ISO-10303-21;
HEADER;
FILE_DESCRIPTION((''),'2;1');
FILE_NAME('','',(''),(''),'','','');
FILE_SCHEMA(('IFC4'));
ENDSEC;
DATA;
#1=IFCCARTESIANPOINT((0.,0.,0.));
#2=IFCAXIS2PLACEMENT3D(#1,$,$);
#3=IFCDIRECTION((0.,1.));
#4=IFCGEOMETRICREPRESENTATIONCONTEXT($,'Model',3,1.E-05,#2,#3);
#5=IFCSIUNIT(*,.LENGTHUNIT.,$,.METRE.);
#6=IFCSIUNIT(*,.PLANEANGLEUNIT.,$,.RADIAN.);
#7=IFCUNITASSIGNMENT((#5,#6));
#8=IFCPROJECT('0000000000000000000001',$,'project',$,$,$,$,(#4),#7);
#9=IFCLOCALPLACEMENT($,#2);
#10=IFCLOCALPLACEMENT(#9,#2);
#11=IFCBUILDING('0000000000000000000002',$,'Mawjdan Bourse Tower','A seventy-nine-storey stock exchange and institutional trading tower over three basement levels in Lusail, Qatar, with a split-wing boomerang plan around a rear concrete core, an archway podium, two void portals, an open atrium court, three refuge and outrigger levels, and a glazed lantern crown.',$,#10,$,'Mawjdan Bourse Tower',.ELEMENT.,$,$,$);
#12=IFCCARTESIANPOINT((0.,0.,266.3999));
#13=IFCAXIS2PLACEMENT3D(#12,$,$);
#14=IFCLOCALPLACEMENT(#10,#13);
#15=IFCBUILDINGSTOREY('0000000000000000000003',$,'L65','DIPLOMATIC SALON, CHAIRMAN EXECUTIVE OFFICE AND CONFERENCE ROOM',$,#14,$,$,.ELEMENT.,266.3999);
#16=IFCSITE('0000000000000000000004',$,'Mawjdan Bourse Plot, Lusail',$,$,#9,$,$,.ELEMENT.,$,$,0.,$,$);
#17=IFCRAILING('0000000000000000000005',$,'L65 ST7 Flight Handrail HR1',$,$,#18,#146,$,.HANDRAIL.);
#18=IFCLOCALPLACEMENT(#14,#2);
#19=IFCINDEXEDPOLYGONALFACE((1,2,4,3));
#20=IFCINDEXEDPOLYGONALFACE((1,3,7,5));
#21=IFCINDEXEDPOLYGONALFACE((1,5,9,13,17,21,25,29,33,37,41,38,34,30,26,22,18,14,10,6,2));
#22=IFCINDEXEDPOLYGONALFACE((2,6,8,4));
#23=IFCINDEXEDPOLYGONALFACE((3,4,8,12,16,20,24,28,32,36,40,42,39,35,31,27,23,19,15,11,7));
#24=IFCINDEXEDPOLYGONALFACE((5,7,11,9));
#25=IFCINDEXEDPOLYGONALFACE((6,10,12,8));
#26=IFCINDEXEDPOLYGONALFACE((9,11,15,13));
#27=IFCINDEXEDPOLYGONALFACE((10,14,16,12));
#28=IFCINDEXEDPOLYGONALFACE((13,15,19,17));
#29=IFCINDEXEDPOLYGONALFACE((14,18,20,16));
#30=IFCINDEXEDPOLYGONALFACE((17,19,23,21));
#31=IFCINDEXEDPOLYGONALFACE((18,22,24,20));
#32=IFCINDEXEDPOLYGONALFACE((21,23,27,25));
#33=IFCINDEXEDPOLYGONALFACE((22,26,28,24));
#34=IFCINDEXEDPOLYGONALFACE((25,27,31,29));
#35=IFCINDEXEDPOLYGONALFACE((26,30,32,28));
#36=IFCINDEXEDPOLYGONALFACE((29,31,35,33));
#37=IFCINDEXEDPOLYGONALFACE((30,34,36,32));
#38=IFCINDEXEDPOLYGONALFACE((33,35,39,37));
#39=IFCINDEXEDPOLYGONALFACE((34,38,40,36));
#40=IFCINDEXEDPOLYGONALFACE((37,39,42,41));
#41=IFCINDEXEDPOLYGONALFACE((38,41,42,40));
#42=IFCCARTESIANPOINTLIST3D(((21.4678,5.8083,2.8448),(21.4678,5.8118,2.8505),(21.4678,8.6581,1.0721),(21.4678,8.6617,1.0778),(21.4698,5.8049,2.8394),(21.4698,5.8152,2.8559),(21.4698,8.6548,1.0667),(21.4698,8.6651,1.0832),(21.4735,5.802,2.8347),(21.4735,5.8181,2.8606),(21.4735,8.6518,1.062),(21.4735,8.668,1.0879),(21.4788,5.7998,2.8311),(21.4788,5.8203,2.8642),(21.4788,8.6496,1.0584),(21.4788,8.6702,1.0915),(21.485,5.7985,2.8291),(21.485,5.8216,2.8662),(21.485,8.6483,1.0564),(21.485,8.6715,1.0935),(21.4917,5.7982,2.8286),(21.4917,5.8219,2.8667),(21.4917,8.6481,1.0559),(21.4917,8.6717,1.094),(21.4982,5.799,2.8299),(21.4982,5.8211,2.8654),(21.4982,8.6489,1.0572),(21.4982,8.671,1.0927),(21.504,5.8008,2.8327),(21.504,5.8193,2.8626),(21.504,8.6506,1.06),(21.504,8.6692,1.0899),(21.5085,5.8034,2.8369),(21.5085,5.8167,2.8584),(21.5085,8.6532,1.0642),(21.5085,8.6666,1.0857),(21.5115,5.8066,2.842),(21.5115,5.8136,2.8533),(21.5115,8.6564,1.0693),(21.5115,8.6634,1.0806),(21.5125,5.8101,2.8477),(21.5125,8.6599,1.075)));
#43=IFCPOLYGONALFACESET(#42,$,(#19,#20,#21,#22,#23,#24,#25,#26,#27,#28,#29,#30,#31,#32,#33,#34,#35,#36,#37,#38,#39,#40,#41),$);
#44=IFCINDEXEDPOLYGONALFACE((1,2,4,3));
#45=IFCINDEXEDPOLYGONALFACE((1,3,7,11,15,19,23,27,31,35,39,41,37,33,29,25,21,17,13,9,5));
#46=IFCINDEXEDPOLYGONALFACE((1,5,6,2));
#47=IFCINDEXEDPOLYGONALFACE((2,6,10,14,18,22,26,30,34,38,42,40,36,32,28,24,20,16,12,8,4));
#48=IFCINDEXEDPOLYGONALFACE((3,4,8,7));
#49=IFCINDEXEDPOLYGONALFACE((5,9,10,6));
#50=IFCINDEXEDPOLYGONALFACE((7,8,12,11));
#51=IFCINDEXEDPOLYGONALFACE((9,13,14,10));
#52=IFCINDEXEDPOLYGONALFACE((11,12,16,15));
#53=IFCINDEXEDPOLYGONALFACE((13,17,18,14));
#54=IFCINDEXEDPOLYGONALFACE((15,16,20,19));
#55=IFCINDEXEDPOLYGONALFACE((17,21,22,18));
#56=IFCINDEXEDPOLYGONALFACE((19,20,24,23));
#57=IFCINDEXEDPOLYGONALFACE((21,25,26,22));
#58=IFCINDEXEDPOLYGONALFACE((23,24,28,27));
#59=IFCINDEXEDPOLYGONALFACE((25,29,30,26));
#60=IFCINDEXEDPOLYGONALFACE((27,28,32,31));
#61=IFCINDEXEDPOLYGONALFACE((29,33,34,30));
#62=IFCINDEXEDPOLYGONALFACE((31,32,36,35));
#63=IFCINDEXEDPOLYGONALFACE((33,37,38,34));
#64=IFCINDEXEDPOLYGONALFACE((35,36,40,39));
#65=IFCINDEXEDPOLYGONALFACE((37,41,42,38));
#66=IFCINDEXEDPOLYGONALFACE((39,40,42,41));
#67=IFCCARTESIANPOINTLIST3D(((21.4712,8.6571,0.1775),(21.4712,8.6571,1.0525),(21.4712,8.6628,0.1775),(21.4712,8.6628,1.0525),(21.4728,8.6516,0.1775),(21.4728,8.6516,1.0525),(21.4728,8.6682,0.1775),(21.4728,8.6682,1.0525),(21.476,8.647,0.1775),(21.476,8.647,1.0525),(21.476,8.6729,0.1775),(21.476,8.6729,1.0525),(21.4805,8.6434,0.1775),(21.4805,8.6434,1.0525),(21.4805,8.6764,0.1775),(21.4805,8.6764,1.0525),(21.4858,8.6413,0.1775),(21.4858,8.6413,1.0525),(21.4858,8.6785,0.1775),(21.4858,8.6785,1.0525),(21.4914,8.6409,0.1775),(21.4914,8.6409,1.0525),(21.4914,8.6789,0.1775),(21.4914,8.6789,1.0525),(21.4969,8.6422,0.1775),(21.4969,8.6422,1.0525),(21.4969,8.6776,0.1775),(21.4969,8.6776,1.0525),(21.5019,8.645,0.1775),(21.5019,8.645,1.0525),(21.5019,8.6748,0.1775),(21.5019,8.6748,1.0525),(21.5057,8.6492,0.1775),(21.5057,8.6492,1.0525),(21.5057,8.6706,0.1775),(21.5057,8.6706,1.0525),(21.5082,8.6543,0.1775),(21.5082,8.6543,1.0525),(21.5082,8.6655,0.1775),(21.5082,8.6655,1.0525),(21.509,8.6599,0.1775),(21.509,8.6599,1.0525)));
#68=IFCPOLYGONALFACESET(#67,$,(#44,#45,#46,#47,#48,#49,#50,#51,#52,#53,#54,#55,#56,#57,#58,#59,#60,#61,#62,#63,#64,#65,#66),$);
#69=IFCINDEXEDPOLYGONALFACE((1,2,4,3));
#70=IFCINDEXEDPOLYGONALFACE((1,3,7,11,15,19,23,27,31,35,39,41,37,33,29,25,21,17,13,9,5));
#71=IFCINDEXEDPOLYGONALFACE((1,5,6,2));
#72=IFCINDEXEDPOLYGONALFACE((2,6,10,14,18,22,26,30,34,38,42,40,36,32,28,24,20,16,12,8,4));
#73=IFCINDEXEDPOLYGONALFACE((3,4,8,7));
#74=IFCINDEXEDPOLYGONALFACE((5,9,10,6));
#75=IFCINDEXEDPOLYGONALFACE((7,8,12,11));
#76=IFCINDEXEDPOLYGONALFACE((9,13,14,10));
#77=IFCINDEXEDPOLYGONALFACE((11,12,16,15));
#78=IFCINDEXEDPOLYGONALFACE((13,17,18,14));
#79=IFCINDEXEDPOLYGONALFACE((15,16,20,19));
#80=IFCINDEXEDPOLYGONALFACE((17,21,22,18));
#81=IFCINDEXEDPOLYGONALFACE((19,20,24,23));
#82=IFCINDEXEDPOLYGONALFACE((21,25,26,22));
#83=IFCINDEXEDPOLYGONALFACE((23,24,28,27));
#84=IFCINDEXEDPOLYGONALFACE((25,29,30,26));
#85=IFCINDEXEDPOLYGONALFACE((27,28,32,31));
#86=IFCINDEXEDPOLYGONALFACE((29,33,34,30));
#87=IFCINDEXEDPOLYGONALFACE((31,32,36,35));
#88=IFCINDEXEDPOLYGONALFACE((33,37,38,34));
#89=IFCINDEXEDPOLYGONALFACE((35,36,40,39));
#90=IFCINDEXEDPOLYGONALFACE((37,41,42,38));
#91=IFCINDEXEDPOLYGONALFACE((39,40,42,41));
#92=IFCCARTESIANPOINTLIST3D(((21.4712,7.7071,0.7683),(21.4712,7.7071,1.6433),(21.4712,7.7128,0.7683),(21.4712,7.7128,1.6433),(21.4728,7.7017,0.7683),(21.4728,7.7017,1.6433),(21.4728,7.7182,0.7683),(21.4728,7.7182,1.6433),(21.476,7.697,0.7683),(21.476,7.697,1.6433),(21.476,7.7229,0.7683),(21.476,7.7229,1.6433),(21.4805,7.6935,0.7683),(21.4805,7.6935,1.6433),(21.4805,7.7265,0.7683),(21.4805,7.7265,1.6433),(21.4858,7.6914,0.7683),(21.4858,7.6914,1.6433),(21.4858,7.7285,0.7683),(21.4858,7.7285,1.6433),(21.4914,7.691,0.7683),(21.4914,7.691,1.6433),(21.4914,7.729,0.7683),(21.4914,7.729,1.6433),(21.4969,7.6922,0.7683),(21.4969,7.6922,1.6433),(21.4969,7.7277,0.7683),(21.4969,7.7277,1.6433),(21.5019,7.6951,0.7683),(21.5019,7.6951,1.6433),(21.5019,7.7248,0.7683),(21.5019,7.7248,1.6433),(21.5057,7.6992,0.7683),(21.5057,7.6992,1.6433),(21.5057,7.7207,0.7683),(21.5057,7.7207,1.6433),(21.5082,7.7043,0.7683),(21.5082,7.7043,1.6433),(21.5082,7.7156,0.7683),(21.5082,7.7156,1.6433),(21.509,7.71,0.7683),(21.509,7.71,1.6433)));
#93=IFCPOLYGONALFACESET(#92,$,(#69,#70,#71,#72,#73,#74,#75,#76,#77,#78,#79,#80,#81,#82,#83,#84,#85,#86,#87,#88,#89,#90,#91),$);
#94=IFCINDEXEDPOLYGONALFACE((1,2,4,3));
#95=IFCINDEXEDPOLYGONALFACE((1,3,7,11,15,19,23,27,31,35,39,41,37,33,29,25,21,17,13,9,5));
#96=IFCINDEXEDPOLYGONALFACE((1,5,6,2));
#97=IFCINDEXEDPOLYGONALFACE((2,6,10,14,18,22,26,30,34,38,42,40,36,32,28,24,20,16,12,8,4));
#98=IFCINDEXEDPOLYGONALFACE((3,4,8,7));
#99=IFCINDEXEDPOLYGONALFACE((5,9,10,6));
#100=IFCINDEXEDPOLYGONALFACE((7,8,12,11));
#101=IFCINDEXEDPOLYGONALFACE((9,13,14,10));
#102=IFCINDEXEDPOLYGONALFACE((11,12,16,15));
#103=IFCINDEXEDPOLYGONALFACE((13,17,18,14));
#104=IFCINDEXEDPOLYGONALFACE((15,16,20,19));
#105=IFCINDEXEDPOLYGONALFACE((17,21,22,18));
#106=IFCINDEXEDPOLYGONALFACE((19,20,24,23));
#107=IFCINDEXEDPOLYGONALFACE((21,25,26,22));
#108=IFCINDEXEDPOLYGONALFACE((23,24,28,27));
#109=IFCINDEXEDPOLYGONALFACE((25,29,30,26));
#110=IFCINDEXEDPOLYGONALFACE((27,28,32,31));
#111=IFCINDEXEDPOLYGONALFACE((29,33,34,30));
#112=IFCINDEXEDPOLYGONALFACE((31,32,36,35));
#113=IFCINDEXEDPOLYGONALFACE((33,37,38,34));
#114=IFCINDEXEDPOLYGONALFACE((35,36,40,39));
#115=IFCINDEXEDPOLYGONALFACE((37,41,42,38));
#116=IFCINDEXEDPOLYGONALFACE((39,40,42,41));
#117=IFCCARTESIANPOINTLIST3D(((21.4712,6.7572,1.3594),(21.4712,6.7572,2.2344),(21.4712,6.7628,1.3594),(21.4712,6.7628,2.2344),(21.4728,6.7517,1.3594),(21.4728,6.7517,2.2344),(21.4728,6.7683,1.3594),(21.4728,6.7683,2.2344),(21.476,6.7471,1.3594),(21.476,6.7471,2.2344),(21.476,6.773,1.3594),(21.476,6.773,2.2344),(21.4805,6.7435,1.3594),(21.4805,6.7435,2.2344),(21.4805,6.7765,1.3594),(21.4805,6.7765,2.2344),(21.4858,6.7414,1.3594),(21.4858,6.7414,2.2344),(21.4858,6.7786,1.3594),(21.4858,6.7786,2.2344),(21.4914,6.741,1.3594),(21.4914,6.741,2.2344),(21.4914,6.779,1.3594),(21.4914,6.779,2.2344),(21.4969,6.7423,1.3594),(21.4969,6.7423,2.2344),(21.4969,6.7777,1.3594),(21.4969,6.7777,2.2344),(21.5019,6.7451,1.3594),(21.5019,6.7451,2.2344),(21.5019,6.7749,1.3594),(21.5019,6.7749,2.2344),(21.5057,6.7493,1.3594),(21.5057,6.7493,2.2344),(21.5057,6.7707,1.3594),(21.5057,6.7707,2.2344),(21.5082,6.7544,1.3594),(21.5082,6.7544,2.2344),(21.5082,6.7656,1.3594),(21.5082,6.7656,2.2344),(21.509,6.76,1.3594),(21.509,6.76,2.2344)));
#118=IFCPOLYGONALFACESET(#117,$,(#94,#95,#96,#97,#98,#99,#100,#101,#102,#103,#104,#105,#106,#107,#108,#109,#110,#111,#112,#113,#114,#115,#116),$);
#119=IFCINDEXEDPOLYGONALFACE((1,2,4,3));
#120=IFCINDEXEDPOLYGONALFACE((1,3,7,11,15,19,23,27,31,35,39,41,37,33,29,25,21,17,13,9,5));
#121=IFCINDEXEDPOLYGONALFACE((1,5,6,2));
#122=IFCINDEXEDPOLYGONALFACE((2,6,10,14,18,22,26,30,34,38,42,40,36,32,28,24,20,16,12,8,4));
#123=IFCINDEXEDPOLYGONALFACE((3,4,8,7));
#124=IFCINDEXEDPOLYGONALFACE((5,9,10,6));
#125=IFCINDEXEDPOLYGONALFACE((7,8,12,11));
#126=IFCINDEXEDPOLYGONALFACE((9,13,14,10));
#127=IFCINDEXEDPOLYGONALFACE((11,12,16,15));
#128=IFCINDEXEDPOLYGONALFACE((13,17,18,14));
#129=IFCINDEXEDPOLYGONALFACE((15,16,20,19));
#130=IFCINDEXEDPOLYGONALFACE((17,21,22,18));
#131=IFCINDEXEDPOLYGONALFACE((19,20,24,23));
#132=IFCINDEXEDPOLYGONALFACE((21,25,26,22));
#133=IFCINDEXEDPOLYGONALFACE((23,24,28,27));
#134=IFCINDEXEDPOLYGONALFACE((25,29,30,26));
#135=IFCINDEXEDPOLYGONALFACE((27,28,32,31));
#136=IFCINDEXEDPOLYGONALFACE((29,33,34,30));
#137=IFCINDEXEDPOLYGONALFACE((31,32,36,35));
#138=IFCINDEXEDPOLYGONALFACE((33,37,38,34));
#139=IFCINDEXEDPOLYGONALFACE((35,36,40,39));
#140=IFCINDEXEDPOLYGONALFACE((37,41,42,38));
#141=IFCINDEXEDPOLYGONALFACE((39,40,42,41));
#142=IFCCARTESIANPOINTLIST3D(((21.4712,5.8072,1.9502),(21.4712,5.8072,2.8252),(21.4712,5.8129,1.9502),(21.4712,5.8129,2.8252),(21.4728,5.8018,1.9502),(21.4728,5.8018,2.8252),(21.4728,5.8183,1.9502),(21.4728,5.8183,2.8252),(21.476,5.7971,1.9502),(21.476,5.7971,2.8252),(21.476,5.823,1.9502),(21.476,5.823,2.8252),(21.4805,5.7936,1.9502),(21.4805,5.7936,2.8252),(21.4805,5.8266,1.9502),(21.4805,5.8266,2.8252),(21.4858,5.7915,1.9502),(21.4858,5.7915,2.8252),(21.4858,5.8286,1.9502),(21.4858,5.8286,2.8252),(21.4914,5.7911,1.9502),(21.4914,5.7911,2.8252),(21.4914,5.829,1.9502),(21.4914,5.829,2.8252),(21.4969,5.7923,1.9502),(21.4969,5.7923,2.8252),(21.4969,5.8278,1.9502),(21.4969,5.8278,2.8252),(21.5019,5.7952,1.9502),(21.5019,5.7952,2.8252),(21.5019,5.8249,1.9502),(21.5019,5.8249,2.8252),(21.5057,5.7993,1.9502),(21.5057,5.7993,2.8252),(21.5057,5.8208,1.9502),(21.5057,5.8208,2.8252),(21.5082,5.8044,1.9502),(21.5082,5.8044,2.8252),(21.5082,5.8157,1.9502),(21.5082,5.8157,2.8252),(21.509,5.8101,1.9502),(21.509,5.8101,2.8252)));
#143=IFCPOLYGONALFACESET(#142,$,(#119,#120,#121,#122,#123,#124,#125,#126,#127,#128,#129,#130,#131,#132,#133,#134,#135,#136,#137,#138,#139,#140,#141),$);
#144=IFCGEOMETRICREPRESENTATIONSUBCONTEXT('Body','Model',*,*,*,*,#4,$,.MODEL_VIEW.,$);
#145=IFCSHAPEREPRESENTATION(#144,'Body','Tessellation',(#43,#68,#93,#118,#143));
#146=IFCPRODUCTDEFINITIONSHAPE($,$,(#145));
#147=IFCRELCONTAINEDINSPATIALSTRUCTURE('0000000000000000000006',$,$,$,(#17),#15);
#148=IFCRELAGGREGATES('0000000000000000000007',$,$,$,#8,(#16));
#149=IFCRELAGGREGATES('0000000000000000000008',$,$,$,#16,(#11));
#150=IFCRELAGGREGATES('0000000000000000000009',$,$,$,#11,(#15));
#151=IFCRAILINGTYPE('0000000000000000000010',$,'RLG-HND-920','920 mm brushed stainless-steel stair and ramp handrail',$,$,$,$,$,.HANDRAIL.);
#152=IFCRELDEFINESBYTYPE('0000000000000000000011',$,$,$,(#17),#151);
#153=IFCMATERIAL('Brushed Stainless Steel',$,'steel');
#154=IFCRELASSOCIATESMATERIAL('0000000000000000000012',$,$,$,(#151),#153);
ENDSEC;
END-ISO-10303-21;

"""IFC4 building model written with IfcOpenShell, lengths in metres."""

from ifc_helpers import new_model, si_unit, direction, frame, origin, origin_2d, place, context, subcontext, project, spatial, circle, extrude, material, type_object, element, save


model = new_model("IFC4")

# Units and contexts
model_context = context("Model", 3, precision=1e-05, world=origin(), true_north=direction((0.0, 1.0)))
body_context = subcontext(model_context, "Body", "Model", "MODEL_VIEW")
ifc_project = project(units=[si_unit("LENGTHUNIT", "METRE"), si_unit("PLANEANGLEUNIT", "RADIAN")], contexts=[model_context])

# Site, building, storey
site_placement = place(None, origin())
site = spatial("IfcSite", under=ifc_project, at=site_placement, Name="Mawjdan Bourse Plot, Lusail", CompositionType="ELEMENT", RefElevation=0.0)
building_placement = place(site_placement, origin())
building = spatial("IfcBuilding", under=site, at=building_placement, Name="Mawjdan Bourse Tower", Description="A seventy-nine-storey stock exchange and institutional trading tower over three basement levels in Lusail, Qatar, with a split-wing boomerang plan around a rear concrete core, an archway podium, two void portals, an open atrium court, three refuge and outrigger levels, and a glazed lantern crown.", LongName="Mawjdan Bourse Tower", CompositionType="ELEMENT")
storey_placement = place(building_placement, frame((0.0, 0.0, 266.3999)))
storey = spatial("IfcBuildingStorey", under=building, at=storey_placement, Name="L65", Description="DIPLOMATIC SALON, CHAIRMAN EXECUTIVE OFFICE AND CONFERENCE ROOM", CompositionType="ELEMENT", Elevation=266.3999)

# Railing
ifc_material_1 = material(Name="Brushed Stainless Steel", Category="steel")
railing_type = type_object("IfcRailingType", Name="RLG-HND-920", Description="920 mm brushed stainless-steel stair and ramp handrail", PredefinedType="HANDRAIL", material=ifc_material_1)
railing_1_placement = place(storey_placement, frame((21.49, 8.6599, 0.1775)))
element("IfcRailing", 1, at=railing_1_placement, inside=storey, type_object=railing_type, Name="L65 ST7 Flight Handrail HR1", PredefinedType="HANDRAIL", context=body_context, shape_type="SweptSolid", body=[
    extrude(circle(Radius=0.0225, at=origin_2d()), frame((0.0, 0.0, 0.8975), z_axis=(0.0, -0.849128, 0.528187), x_axis=(1.0, 0.0, 0.0)), (0.0, 0.0, 1.0), 3.3562),
    extrude(circle(Radius=0.019, at=origin_2d()), origin(), (0.0, 0.0, 1.0), 0.875),
    extrude(circle(Radius=0.019, at=origin_2d()), frame((0.0, -0.95, 0.5908)), (0.0, 0.0, 1.0), 0.875),
    extrude(circle(Radius=0.019, at=origin_2d()), frame((0.0, -1.8999, 1.1819)), (0.0, 0.0, 1.0), 0.875),
    extrude(circle(Radius=0.019, at=origin_2d()), frame((0.0, -2.8499, 1.7727)), (0.0, 0.0, 1.0), 0.875),
])

save(model, "model.ifc")
